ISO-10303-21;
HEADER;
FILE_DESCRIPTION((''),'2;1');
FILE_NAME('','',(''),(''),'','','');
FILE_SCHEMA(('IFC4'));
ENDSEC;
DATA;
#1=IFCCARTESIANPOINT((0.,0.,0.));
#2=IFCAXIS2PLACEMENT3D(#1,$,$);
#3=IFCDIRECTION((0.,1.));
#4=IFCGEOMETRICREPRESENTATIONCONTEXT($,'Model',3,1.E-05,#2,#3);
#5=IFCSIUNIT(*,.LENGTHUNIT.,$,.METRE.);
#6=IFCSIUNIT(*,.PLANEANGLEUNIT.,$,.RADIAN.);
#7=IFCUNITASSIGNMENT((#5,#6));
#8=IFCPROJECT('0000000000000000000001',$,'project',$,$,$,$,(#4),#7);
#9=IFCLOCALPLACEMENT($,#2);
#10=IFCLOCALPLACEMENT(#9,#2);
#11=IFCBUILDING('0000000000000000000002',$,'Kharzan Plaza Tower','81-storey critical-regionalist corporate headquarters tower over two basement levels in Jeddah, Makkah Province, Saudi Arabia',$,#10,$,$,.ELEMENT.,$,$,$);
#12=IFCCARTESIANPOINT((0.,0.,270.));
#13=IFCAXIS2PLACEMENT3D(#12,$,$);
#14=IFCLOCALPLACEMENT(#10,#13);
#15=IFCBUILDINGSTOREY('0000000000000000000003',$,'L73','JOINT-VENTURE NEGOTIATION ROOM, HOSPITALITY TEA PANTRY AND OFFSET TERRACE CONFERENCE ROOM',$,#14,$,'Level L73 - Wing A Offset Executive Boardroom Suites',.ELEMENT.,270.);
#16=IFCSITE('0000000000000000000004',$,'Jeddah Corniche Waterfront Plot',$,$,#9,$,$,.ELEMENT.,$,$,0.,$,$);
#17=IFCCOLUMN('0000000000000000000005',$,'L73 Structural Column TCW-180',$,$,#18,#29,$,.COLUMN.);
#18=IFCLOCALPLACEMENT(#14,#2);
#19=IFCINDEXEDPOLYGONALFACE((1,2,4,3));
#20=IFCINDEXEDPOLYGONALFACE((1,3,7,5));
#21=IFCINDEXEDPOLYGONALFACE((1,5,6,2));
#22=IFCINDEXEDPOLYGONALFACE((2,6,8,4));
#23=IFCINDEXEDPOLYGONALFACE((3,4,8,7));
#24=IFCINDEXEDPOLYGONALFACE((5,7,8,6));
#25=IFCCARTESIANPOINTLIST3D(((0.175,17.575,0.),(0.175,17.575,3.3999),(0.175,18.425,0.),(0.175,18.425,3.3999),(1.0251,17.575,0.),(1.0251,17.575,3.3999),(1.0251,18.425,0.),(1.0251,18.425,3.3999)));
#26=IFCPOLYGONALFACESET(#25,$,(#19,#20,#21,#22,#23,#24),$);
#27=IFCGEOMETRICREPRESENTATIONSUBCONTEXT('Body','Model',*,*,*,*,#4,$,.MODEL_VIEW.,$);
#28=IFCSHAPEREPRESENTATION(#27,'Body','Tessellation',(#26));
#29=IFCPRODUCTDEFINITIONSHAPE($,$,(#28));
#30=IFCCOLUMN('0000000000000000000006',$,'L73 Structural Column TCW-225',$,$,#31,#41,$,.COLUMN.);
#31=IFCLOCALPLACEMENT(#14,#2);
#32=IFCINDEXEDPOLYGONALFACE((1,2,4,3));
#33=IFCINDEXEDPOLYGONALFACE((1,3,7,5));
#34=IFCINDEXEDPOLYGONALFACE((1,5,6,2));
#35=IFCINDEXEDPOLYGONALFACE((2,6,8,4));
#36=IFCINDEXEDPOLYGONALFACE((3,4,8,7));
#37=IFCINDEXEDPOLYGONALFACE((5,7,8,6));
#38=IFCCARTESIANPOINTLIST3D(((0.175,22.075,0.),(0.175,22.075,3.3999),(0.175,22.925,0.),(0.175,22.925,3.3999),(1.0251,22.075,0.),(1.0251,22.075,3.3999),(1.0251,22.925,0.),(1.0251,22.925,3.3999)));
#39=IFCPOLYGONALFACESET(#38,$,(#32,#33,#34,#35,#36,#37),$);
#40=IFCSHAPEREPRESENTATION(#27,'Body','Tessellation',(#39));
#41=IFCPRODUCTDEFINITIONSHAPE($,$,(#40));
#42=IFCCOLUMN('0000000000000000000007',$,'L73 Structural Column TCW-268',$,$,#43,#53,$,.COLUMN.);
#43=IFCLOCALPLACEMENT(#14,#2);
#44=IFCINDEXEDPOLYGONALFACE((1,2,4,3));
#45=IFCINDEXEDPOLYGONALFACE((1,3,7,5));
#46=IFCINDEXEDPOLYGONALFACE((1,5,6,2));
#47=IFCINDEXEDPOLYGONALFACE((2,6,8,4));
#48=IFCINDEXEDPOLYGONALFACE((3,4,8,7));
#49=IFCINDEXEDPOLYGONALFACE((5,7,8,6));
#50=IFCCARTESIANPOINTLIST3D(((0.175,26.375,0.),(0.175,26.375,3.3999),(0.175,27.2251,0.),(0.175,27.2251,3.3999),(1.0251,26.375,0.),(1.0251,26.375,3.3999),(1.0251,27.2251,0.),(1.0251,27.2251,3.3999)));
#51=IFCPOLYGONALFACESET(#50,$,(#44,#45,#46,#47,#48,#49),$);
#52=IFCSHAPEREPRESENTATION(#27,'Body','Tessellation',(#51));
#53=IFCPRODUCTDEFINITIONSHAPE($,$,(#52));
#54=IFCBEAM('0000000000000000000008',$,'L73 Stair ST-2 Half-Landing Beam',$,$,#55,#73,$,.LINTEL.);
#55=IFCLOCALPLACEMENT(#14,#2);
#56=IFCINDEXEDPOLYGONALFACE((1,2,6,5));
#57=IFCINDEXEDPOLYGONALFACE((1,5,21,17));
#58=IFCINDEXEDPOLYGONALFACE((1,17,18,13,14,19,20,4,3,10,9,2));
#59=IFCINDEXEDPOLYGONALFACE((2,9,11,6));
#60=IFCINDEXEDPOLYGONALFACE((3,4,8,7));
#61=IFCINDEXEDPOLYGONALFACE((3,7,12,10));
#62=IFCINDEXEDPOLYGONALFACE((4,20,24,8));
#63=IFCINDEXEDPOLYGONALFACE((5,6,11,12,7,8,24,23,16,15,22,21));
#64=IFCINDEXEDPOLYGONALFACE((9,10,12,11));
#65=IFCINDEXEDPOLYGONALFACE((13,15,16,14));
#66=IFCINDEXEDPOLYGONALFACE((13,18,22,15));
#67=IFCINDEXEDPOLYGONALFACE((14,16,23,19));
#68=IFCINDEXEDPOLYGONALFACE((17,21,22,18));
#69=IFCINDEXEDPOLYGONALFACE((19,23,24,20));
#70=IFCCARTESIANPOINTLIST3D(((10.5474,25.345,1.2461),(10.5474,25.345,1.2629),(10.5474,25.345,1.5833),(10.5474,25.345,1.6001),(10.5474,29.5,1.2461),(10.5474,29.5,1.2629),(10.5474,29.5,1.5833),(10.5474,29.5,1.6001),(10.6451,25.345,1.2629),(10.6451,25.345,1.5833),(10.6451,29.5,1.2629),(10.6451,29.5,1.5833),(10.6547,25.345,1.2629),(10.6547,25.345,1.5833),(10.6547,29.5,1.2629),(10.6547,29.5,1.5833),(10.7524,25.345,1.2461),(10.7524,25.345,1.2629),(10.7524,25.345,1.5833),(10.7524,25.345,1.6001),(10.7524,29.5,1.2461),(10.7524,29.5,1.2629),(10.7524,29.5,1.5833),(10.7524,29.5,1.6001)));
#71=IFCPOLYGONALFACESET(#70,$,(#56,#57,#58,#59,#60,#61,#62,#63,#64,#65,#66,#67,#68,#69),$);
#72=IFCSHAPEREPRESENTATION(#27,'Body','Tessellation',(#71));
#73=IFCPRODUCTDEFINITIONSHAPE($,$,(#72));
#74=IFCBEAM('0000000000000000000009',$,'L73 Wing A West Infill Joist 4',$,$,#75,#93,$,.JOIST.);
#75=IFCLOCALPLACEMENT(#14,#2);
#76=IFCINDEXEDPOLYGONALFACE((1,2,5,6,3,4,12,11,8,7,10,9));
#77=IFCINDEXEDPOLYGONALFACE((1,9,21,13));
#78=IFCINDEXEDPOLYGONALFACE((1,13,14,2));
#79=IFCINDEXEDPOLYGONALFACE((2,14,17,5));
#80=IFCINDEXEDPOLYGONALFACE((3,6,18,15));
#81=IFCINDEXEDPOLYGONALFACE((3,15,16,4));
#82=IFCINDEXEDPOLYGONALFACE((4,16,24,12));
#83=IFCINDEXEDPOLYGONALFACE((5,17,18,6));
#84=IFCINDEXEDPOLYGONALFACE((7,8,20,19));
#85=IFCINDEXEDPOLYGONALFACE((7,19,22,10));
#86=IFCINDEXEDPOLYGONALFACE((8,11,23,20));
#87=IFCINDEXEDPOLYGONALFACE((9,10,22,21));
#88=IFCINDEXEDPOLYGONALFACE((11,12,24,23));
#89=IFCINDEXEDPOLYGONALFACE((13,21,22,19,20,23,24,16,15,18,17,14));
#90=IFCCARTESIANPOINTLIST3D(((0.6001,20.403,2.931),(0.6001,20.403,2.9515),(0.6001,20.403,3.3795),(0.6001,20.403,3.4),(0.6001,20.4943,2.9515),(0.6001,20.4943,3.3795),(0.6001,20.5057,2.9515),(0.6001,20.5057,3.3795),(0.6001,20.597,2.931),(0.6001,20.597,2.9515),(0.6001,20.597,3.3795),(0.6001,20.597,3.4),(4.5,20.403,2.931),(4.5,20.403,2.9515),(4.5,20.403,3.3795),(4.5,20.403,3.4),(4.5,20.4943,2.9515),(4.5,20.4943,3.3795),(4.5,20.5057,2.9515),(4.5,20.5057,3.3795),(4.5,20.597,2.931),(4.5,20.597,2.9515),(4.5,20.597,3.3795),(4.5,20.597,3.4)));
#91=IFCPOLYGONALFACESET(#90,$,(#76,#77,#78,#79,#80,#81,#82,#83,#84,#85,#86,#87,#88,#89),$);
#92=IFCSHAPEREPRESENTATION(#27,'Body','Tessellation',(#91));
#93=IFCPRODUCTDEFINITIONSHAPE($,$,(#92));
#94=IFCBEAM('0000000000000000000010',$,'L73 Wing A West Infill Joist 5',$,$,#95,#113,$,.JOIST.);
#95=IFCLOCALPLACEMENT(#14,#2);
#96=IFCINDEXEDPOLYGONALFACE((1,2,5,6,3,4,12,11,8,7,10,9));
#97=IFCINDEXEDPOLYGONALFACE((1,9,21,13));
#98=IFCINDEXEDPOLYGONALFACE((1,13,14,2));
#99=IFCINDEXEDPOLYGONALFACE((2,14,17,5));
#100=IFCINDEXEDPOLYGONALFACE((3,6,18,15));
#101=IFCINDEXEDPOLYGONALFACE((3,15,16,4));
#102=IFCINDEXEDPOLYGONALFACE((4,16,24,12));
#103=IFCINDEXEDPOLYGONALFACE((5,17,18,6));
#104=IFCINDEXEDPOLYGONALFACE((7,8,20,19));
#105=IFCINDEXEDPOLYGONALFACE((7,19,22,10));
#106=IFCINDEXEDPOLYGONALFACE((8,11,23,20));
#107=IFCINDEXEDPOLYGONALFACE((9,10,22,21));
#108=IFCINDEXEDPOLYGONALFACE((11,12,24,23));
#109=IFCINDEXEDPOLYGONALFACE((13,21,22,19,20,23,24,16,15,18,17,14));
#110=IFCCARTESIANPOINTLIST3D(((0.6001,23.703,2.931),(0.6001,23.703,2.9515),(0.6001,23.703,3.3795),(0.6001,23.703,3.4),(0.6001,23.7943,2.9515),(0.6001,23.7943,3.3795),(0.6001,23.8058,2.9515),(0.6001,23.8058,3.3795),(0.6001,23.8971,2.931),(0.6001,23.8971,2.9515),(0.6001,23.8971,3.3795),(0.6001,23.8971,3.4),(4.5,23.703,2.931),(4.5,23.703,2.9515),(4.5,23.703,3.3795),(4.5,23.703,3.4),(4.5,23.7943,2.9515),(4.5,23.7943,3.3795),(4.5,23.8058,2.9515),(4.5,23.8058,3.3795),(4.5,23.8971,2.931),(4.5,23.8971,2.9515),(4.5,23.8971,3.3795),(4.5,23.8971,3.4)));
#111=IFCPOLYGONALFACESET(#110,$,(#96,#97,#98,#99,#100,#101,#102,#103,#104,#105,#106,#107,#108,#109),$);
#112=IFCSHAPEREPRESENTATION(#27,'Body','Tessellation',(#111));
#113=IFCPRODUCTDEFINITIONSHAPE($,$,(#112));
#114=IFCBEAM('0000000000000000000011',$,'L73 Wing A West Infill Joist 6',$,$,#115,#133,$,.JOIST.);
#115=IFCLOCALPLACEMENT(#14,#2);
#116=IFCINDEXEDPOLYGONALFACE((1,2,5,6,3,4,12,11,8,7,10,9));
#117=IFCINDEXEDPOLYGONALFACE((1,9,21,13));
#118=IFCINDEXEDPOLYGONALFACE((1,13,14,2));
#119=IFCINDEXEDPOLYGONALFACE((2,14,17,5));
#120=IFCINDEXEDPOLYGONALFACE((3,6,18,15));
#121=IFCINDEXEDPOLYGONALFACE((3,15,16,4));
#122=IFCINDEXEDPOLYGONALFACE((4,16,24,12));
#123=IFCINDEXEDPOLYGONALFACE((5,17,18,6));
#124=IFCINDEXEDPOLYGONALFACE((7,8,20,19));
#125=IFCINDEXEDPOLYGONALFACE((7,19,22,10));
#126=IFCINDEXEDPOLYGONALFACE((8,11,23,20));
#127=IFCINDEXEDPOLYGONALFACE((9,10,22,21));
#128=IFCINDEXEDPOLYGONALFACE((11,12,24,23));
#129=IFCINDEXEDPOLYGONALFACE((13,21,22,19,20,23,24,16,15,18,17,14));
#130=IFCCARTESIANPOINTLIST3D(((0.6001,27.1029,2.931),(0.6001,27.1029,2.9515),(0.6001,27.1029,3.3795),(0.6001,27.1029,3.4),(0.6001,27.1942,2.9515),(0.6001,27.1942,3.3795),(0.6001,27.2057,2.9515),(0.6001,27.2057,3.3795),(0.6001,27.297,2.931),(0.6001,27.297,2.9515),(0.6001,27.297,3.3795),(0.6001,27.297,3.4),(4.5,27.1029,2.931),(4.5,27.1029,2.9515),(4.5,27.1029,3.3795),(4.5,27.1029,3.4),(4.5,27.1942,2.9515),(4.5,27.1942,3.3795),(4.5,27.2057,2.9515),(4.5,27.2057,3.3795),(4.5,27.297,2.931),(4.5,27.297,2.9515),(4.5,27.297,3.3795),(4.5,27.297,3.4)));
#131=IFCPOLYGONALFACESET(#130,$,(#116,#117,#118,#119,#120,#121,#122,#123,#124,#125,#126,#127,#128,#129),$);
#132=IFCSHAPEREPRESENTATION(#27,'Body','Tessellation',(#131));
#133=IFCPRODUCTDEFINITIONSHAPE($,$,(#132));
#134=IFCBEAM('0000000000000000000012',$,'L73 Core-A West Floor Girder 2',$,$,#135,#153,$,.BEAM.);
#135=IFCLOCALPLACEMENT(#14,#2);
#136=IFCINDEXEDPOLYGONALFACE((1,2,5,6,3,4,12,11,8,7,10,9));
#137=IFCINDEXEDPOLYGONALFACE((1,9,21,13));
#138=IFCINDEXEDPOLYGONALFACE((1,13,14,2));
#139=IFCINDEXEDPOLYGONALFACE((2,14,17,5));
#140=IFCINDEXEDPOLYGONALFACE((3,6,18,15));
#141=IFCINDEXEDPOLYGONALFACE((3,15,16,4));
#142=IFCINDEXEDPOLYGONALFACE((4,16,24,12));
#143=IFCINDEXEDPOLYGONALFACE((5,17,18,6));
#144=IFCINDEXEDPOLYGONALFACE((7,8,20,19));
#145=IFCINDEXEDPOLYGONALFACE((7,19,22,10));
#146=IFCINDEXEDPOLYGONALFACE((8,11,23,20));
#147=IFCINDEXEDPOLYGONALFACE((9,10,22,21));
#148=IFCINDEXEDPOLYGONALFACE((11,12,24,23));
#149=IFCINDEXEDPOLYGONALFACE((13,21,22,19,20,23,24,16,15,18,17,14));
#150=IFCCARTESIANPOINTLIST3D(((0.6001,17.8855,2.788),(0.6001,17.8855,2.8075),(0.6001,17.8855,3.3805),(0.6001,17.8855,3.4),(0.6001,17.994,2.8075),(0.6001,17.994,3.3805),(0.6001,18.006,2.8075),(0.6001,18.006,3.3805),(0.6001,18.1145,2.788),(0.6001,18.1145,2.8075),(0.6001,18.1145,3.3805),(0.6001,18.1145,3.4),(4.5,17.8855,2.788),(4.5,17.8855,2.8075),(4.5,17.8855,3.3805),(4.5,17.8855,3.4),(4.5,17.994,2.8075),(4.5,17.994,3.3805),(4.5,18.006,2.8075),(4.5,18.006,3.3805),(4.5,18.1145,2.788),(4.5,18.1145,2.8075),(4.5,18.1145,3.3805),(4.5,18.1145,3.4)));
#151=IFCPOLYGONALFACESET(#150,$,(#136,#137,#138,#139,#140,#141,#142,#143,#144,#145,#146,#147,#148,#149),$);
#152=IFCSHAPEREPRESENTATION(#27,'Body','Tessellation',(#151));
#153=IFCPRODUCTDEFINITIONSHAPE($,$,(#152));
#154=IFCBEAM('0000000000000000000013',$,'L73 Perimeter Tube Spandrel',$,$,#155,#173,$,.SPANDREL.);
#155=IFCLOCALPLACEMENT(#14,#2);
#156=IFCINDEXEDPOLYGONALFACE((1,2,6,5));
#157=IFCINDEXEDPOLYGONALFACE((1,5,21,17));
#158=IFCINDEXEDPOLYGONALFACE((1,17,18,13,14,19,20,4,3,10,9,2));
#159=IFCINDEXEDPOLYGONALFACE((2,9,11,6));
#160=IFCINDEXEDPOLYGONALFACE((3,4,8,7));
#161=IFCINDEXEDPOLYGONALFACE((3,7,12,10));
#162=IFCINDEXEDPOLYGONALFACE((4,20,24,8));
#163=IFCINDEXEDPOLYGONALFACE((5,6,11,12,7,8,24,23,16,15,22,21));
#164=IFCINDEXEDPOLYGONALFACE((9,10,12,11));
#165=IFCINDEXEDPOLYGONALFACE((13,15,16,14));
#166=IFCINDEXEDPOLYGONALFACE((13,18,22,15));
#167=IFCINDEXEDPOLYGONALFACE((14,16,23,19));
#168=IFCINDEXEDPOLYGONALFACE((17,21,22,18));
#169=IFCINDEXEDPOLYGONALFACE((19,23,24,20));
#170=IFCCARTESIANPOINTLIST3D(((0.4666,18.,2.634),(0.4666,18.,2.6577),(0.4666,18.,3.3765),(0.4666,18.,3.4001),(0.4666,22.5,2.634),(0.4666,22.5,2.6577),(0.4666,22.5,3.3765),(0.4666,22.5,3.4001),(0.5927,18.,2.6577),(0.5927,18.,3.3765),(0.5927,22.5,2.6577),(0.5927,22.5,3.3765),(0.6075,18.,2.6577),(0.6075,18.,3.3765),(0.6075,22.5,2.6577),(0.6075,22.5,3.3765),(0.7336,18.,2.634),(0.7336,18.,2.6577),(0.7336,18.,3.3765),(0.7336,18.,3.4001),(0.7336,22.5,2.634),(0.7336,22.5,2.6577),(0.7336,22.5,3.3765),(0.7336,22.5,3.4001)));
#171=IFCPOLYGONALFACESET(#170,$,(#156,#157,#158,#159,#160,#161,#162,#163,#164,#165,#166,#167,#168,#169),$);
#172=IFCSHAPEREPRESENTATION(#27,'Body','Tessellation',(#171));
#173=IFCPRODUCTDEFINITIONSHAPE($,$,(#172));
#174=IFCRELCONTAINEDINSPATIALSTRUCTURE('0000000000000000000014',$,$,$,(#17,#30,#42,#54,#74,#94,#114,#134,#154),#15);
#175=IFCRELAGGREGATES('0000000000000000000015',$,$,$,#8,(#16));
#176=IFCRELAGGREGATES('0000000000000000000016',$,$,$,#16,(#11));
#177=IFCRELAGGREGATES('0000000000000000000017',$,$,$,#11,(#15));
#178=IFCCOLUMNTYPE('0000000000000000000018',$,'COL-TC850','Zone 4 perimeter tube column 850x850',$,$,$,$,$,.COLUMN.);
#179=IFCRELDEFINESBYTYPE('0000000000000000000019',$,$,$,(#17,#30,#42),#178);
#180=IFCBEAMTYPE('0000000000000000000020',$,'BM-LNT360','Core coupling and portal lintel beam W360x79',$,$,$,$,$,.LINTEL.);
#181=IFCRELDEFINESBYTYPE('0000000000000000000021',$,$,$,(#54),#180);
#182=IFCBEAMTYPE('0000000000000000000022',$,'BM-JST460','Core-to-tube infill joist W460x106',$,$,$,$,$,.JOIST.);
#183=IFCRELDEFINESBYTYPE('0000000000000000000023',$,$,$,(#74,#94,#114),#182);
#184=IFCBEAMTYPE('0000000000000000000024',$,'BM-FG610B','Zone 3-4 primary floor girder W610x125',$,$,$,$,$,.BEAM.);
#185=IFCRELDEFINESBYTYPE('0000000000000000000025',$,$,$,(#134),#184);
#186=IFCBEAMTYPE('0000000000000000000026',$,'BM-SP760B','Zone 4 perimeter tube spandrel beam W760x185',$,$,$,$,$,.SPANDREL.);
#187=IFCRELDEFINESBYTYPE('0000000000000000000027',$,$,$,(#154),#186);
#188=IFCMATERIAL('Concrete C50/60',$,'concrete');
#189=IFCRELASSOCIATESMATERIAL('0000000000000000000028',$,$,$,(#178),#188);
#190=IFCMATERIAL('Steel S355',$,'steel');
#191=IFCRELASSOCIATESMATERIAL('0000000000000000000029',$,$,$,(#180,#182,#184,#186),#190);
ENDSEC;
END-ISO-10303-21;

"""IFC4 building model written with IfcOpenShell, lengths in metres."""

from ifc_helpers import new_model, si_unit, direction, frame, origin, origin_2d, place, context, subcontext, project, spatial, rectangle, i_section, extrude, source, transform, mapped, material, material_profile, profile_set, type_object, element, save


model = new_model("IFC4")

# Units and contexts
model_context = context("Model", 3, precision=1e-05, world=origin(), true_north=direction((0.0, 1.0)))
body_context = subcontext(model_context, "Body", "Model", "MODEL_VIEW")
ifc_project = project(units=[si_unit("LENGTHUNIT", "METRE"), si_unit("PLANEANGLEUNIT", "RADIAN")], contexts=[model_context])

# Site, building, storey
site_placement = place(None, origin())
site = spatial("IfcSite", under=ifc_project, at=site_placement, Name="Jeddah Corniche Waterfront Plot", CompositionType="ELEMENT", RefElevation=0.0)
building_placement = place(site_placement, origin())
building = spatial("IfcBuilding", under=site, at=building_placement, Name="Kharzan Plaza Tower", Description="81-storey critical-regionalist corporate headquarters tower over two basement levels in Jeddah, Makkah Province, Saudi Arabia", CompositionType="ELEMENT")
storey_placement = place(building_placement, frame((0.0, 0.0, 270.0)))
storey = spatial("IfcBuildingStorey", under=building, at=storey_placement, Name="L73", Description="JOINT-VENTURE NEGOTIATION ROOM, HOSPITALITY TEA PANTRY AND OFFSET TERRACE CONFERENCE ROOM", LongName="Level L73 - Wing A Offset Executive Boardroom Suites", CompositionType="ELEMENT", Elevation=270.0)

# Columns
ifc_material_1 = material(Name="Concrete C50/60", Category="concrete")
ifc_material_profile_1 = material_profile(ifc_material_1, rectangle(XDim=0.8501, YDim=0.8501, at=origin_2d()), Name="RC-TC850x850")
ifc_profile_set_1 = profile_set([ifc_material_profile_1], Name="Concrete C50/60")
column_type = type_object("IfcColumnType", Name="COL-TC850", Description="Zone 4 perimeter tube column 850x850", PredefinedType="COLUMN", material=ifc_profile_set_1)
shared_shape_1 = source(origin(), body_context, "Body", "SweptSolid", [
    extrude(rectangle(XDim=0.8501, YDim=0.8501, at=origin_2d()), origin(), (0.0, 0.0, 1.0), 3.3999),
])
for number, where, z_axis, x_axis, name in (
    (1, (0.6001, 18.0, 0.0), (0.0, 0.0, 1.0), (1.0, 0.0, 0.0), "L73 Structural Column TCW-180"),
    (2, (0.6001, 22.5, 0.0), (0.0, 0.0, 1.0), (1.0, 0.0, 0.0), "L73 Structural Column TCW-225"),
    (3, (0.6001, 26.8, 0.0), (0.0, 0.0, 1.0), (1.0, 0.0, 0.0), "L73 Structural Column TCW-268"),
):
    element("IfcColumn", number, at=place(storey_placement, frame(where, z_axis=z_axis, x_axis=x_axis)), inside=storey, type_object=column_type, Name=name, PredefinedType="COLUMN", context=body_context, shape_type="MappedRepresentation", body=[
        mapped(shared_shape_1, transform((0.0, 0.0, 0.0), x_axis=(1.0, 0.0, 0.0), y_axis=(0.0, 1.0, 0.0), z_axis=(0.0, 0.0, 1.0))),
    ])

# Beams
ifc_material_2 = material(Name="Steel S355", Category="steel")
ifc_material_profile_2 = material_profile(ifc_material_2, i_section(OverallWidth=0.2051, OverallDepth=0.354, WebThickness=0.0095, FlangeThickness=0.0168, at=origin_2d()), Name="W360x79")
ifc_profile_set_2 = profile_set([ifc_material_profile_2], Name="Steel S355")
beam_type_1 = type_object("IfcBeamType", Name="BM-LNT360", Description="Core coupling and portal lintel beam W360x79", PredefinedType="LINTEL", material=ifc_profile_set_2)
shared_shape_2 = source(origin(), body_context, "Body", "SweptSolid", [
    extrude(i_section(OverallWidth=0.2051, OverallDepth=0.354, WebThickness=0.0095, FlangeThickness=0.0168, at=origin_2d()), origin(), (0.0, 0.0, 1.0), 4.155),
])
beam_1_placement = place(storey_placement, frame((10.6499, 25.345, 1.4231), z_axis=(0.0, 1.0, 0.0), x_axis=(-1.0, 0.0, 0.0)))
element("IfcBeam", 4, at=beam_1_placement, inside=storey, type_object=beam_type_1, Name="L73 Stair ST-2 Half-Landing Beam", PredefinedType="LINTEL", context=body_context, shape_type="MappedRepresentation", body=[
    mapped(shared_shape_2, transform((0.0, 0.0, 0.0), x_axis=(1.0, 0.0, 0.0), y_axis=(0.0, 1.0, 0.0), z_axis=(0.0, 0.0, 1.0))),
])
ifc_material_profile_3 = material_profile(ifc_material_2, i_section(OverallWidth=0.1941, OverallDepth=0.469, WebThickness=0.0115, FlangeThickness=0.0205, at=origin_2d()), Name="W460x106")
ifc_profile_set_3 = profile_set([ifc_material_profile_3], Name="Steel S355")
beam_type_2 = type_object("IfcBeamType", Name="BM-JST460", Description="Core-to-tube infill joist W460x106", PredefinedType="JOIST", material=ifc_profile_set_3)
shared_shape_3 = source(origin(), body_context, "Body", "SweptSolid", [
    extrude(i_section(OverallWidth=0.1941, OverallDepth=0.469, WebThickness=0.0115, FlangeThickness=0.0205, at=origin_2d()), origin(), (0.0, 0.0, 1.0), 3.8999),
])
for number, where, z_axis, x_axis, name in (
    (5, (0.6001, 20.5, 3.1655), (1.0, 0.0, 0.0), (0.0, 1.0, 0.0), "L73 Wing A West Infill Joist 4"),
    (6, (0.6001, 23.8, 3.1655), (1.0, 0.0, 0.0), (0.0, 1.0, 0.0), "L73 Wing A West Infill Joist 5"),
    (7, (0.6001, 27.2, 3.1655), (1.0, 0.0, 0.0), (0.0, 1.0, 0.0), "L73 Wing A West Infill Joist 6"),
):
    element("IfcBeam", number, at=place(storey_placement, frame(where, z_axis=z_axis, x_axis=x_axis)), inside=storey, type_object=beam_type_2, Name=name, PredefinedType="JOIST", context=body_context, shape_type="MappedRepresentation", body=[
        mapped(shared_shape_3, transform((0.0, 0.0, 0.0), x_axis=(1.0, 0.0, 0.0), y_axis=(0.0, 1.0, 0.0), z_axis=(0.0, 0.0, 1.0))),
    ])
ifc_material_profile_4 = material_profile(ifc_material_2, i_section(OverallWidth=0.229, OverallDepth=0.6121, WebThickness=0.012, FlangeThickness=0.0195, at=origin_2d()), Name="W610x125")
ifc_profile_set_4 = profile_set([ifc_material_profile_4], Name="Steel S355")
beam_type_3 = type_object("IfcBeamType", Name="BM-FG610B", Description="Zone 3-4 primary floor girder W610x125", PredefinedType="BEAM", material=ifc_profile_set_4)
shared_shape_4 = source(origin(), body_context, "Body", "SweptSolid", [
    extrude(i_section(OverallWidth=0.229, OverallDepth=0.6121, WebThickness=0.012, FlangeThickness=0.0195, at=origin_2d()), origin(), (0.0, 0.0, 1.0), 3.8999),
])
beam_2_placement = place(storey_placement, frame((0.6001, 18.0, 3.094), z_axis=(1.0, 0.0, 0.0), x_axis=(0.0, 1.0, 0.0)))
element("IfcBeam", 8, at=beam_2_placement, inside=storey, type_object=beam_type_3, Name="L73 Core-A West Floor Girder 2", PredefinedType="BEAM", context=body_context, shape_type="MappedRepresentation", body=[
    mapped(shared_shape_4, transform((0.0, 0.0, 0.0), x_axis=(1.0, 0.0, 0.0), y_axis=(0.0, 1.0, 0.0), z_axis=(0.0, 0.0, 1.0))),
])
ifc_material_profile_5 = material_profile(ifc_material_2, i_section(OverallWidth=0.2671, OverallDepth=0.7661, WebThickness=0.0149, FlangeThickness=0.0237, at=origin_2d()), Name="W760x185")
ifc_profile_set_5 = profile_set([ifc_material_profile_5], Name="Steel S355")
beam_type_4 = type_object("IfcBeamType", Name="BM-SP760B", Description="Zone 4 perimeter tube spandrel beam W760x185", PredefinedType="SPANDREL", material=ifc_profile_set_5)
shared_shape_5 = source(origin(), body_context, "Body", "SweptSolid", [
    extrude(i_section(OverallWidth=0.2671, OverallDepth=0.7661, WebThickness=0.0149, FlangeThickness=0.0237, at=origin_2d()), origin(), (0.0, 0.0, 1.0), 4.5),
])
beam_3_placement = place(storey_placement, frame((0.6001, 18.0, 3.0171), z_axis=(0.0, 1.0, 0.0), x_axis=(-1.0, 0.0, 0.0)))
element("IfcBeam", 9, at=beam_3_placement, inside=storey, type_object=beam_type_4, Name="L73 Perimeter Tube Spandrel", PredefinedType="SPANDREL", context=body_context, shape_type="MappedRepresentation", body=[
    mapped(shared_shape_5, transform((0.0, 0.0, 0.0), x_axis=(1.0, 0.0, 0.0), y_axis=(0.0, 1.0, 0.0), z_axis=(0.0, 0.0, 1.0))),
])

save(model, "model.ifc")
